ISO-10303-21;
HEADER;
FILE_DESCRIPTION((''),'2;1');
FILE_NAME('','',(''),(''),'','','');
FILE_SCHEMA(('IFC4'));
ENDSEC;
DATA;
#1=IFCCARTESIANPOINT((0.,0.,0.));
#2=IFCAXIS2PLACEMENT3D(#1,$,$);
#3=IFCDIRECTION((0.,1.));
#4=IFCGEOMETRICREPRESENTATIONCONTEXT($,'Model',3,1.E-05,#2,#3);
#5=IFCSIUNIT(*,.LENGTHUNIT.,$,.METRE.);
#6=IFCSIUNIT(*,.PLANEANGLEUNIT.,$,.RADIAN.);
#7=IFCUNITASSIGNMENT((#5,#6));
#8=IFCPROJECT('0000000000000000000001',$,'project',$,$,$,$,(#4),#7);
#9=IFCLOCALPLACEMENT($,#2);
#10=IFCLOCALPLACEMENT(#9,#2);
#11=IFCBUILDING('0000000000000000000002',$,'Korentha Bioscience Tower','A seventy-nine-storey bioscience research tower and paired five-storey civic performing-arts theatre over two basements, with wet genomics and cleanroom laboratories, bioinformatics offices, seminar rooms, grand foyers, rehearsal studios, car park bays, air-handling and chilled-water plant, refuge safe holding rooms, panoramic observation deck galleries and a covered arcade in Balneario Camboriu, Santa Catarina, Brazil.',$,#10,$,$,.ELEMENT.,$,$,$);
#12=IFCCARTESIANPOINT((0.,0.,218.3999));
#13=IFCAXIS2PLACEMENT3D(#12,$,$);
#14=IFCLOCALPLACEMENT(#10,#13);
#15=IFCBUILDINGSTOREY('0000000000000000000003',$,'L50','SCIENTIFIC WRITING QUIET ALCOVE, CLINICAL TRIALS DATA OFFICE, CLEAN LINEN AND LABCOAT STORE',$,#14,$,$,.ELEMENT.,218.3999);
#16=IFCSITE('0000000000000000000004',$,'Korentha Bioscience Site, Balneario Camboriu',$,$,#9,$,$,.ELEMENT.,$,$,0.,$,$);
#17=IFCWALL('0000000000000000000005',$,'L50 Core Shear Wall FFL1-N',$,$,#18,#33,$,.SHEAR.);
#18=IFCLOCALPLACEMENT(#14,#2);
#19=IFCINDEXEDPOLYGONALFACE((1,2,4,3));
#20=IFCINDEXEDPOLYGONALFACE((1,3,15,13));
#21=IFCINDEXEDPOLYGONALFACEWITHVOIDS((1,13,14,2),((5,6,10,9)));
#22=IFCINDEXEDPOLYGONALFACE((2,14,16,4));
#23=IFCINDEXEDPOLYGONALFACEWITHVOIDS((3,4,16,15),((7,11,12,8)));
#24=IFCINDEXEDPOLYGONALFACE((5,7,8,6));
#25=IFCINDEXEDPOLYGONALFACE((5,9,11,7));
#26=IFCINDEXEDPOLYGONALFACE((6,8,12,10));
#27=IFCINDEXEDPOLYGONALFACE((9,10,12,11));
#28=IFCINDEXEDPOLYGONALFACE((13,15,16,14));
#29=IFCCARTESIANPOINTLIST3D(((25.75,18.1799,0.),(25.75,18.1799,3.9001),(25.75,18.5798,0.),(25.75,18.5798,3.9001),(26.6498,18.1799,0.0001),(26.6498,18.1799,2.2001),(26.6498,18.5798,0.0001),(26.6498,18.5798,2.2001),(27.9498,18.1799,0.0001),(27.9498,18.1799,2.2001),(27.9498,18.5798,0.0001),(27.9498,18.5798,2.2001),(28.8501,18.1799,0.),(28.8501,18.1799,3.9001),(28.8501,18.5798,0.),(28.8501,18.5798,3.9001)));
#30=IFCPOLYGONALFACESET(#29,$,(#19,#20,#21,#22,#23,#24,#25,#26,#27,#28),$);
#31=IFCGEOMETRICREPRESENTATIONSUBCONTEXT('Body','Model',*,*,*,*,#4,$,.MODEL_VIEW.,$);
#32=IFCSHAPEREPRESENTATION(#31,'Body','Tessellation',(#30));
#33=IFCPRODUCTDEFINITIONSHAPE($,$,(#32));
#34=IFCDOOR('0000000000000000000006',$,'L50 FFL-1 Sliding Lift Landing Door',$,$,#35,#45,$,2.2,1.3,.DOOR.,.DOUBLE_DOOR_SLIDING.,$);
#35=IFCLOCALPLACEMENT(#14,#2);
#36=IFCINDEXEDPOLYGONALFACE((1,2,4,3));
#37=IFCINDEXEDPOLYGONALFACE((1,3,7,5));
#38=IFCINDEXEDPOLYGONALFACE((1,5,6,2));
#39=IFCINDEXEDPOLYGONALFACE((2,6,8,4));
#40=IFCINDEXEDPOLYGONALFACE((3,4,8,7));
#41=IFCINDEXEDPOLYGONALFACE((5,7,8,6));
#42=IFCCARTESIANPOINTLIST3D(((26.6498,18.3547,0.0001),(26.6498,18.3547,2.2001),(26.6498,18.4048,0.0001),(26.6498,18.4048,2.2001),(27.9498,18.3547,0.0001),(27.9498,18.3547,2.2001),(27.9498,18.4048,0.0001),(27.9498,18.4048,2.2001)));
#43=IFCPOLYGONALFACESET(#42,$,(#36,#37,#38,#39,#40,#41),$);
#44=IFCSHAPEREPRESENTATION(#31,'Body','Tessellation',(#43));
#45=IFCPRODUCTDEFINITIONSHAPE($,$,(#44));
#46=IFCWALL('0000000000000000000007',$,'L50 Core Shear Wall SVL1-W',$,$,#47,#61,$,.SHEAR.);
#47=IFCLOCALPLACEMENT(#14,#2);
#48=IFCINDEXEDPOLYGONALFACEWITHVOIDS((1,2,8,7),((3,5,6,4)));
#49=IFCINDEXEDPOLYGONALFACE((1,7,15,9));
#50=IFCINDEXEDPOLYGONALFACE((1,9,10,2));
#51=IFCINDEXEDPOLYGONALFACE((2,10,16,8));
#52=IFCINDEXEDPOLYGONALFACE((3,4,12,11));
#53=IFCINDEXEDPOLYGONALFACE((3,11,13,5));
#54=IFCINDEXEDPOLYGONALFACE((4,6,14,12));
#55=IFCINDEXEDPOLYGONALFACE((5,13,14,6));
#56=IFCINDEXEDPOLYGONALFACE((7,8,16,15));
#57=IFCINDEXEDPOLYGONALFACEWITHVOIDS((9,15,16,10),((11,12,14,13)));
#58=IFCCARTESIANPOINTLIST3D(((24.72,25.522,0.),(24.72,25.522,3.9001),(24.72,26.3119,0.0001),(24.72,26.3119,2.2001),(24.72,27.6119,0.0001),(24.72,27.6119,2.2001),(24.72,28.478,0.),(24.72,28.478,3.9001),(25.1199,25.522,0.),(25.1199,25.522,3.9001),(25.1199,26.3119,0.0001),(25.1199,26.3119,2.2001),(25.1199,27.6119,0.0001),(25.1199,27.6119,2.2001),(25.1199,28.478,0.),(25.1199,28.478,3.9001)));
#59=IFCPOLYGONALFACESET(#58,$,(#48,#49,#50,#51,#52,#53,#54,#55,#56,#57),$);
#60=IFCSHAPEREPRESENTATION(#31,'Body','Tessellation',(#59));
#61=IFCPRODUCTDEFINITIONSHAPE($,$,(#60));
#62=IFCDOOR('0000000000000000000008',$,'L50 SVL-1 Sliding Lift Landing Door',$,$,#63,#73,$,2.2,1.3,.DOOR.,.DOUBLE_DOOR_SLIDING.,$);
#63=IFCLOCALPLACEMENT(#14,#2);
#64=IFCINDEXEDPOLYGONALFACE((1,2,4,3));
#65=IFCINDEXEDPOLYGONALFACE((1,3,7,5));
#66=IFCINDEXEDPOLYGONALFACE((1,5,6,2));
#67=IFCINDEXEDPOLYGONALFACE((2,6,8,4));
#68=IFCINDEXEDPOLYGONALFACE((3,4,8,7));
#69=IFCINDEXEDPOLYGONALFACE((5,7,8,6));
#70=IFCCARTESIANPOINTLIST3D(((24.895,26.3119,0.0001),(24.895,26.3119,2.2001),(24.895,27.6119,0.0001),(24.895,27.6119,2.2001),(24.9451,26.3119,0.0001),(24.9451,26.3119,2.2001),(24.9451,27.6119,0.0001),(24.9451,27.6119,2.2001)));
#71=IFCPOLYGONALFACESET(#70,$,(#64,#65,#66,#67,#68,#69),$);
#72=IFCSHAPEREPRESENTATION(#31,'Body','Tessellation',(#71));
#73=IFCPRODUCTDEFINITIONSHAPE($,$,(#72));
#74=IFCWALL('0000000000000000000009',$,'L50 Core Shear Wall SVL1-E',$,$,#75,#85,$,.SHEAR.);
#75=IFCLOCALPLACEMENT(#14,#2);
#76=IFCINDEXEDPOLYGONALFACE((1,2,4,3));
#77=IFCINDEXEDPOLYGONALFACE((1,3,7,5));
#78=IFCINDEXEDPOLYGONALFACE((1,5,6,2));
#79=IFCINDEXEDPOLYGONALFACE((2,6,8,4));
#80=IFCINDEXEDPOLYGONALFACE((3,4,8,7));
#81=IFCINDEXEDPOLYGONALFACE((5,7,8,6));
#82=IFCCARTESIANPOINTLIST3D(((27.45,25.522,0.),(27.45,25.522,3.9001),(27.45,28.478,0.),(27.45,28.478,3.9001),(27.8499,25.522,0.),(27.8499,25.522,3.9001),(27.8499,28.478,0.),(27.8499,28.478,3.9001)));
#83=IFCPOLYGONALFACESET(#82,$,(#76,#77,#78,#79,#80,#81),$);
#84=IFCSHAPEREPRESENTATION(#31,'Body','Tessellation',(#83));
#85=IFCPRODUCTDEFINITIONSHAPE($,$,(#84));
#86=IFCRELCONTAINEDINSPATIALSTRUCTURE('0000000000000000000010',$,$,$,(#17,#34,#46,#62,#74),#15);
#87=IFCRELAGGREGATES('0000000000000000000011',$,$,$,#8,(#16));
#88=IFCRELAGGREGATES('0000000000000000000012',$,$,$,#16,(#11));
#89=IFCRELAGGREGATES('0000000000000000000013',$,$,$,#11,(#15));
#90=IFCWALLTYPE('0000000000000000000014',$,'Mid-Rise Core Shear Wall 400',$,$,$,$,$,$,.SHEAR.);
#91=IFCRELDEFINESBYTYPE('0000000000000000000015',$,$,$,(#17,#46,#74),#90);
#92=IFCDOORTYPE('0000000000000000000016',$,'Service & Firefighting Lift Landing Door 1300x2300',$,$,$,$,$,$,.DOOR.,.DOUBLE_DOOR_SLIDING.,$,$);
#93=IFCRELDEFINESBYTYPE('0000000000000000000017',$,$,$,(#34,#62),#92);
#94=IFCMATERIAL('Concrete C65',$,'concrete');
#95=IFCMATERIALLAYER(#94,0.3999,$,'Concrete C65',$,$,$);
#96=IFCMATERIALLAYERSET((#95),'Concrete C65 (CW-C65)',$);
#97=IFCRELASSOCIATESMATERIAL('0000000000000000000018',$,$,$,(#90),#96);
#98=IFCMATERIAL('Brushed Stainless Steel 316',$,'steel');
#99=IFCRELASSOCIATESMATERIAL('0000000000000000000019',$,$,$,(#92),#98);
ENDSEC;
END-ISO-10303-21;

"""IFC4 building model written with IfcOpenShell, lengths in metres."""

from ifc_helpers import new_model, si_unit, direction, frame, frame_2d, origin, place, context, subcontext, project, spatial, rectangle, extrude, material, layer, layer_set, type_object, element, fill, save


model = new_model("IFC4")

# Units and contexts
model_context = context("Model", 3, precision=1e-05, world=origin(), true_north=direction((0.0, 1.0)))
body_context = subcontext(model_context, "Body", "Model", "MODEL_VIEW")
ifc_project = project(units=[si_unit("LENGTHUNIT", "METRE"), si_unit("PLANEANGLEUNIT", "RADIAN")], contexts=[model_context])

# Site, building, storey
site_placement = place(None, origin())
site = spatial("IfcSite", under=ifc_project, at=site_placement, Name="Korentha Bioscience Site, Balneario Camboriu", CompositionType="ELEMENT", RefElevation=0.0)
building_placement = place(site_placement, origin())
building = spatial("IfcBuilding", under=site, at=building_placement, Name="Korentha Bioscience Tower", Description="A seventy-nine-storey bioscience research tower and paired five-storey civic performing-arts theatre over two basements, with wet genomics and cleanroom laboratories, bioinformatics offices, seminar rooms, grand foyers, rehearsal studios, car park bays, air-handling and chilled-water plant, refuge safe holding rooms, panoramic observation deck galleries and a covered arcade in Balneario Camboriu, Santa Catarina, Brazil.", CompositionType="ELEMENT")
storey_placement = place(building_placement, frame((0.0, 0.0, 218.3999)))
storey = spatial("IfcBuildingStorey", under=building, at=storey_placement, Name="L50", Description="SCIENTIFIC WRITING QUIET ALCOVE, CLINICAL TRIALS DATA OFFICE, CLEAN LINEN AND LABCOAT STORE", CompositionType="ELEMENT", Elevation=218.3999)

# Shared definitions
ifc_material_1 = material(Name="Concrete C65", Category="concrete")

# Shared definitions
ifc_layer_1 = layer(ifc_material_1, 0.3999, Name="Concrete C65")
ifc_layer_set_1 = layer_set([ifc_layer_1], Name="Concrete C65 (CW-C65)")
wall_type_1 = type_object("IfcWallType", Name="Mid-Rise Core Shear Wall 400", PredefinedType="SHEAR", material=ifc_layer_set_1)

# Walls, openings, doors
wall_1_placement = place(storey_placement, frame((25.75, 18.3799, 0.0), z_axis=(0.0, 0.0, 1.0), x_axis=(1.0, 0.0, 0.0)))
wall_1 = element("IfcWall", 1, at=wall_1_placement, inside=storey, type_object=wall_type_1, Name="L50 Core Shear Wall FFL1-N", PredefinedType="SHEAR", context=body_context, shape_type="SweptSolid", body=[
    extrude(rectangle(XDim=3.1001, YDim=0.3999, at=frame_2d((1.55, 0.0))), origin(), (0.0, 0.0, 1.0), 3.9001),
])
opening_1_placement = place(wall_1_placement, frame((0.8999, 0.0, 0.0)))
opening_1 = element("IfcOpeningElement", 2, at=opening_1_placement, cuts=wall_1, PredefinedType="OPENING", context=body_context, shape_type="SweptSolid", body=[
    extrude(rectangle(XDim=1.3, YDim=2.2, at=frame_2d((0.6499, 1.1001))), frame((0.0, 0.2148, 0.0), z_axis=(0.0, -1.0, 0.0), x_axis=(1.0, 0.0, 0.0)), (0.0, 0.0, 1.0), 0.4297),
])
ifc_material_2 = material(Name="Brushed Stainless Steel 316", Category="steel")
door_type_1 = type_object("IfcDoorType", Name="Service & Firefighting Lift Landing Door 1300x2300", OperationType="DOUBLE_DOOR_SLIDING", PredefinedType="DOOR", material=ifc_material_2)
door_1_placement = place(opening_1_placement, origin())
door_1 = element("IfcDoor", 3, at=door_1_placement, inside=storey, type_object=door_type_1, Name="L50 FFL-1 Sliding Lift Landing Door", OperationType="DOUBLE_DOOR_SLIDING", OverallHeight=2.2, OverallWidth=1.3, PredefinedType="DOOR", context=body_context, shape_type="SweptSolid", body=[
    extrude(rectangle(XDim=1.3, YDim=2.2, at=frame_2d((0.6499, 1.1001))), frame((0.0, 0.0249, 0.0), z_axis=(0.0, -1.0, 0.0), x_axis=(1.0, 0.0, 0.0)), (0.0, 0.0, 1.0), 0.05),
])
fill(opening_1, door_1)
wall_2_placement = place(storey_placement, frame((24.9199, 25.522, 0.0), z_axis=(0.0, 0.0, 1.0), x_axis=(0.0, 1.0, 0.0)))
wall_2 = element("IfcWall", 4, at=wall_2_placement, inside=storey, type_object=wall_type_1, Name="L50 Core Shear Wall SVL1-W", PredefinedType="SHEAR", context=body_context, shape_type="SweptSolid", body=[
    extrude(rectangle(XDim=2.9561, YDim=0.3999, at=frame_2d((1.478, 0.0))), origin(), (0.0, 0.0, 1.0), 3.9001),
])
opening_2_placement = place(wall_2_placement, frame((0.79, 0.0, 0.0)))
opening_2 = element("IfcOpeningElement", 5, at=opening_2_placement, cuts=wall_2, PredefinedType="OPENING", context=body_context, shape_type="SweptSolid", body=[
    extrude(rectangle(XDim=1.3, YDim=2.2, at=frame_2d((0.6499, 1.1001))), frame((0.0, 0.2148, 0.0), z_axis=(0.0, -1.0, 0.0), x_axis=(1.0, 0.0, 0.0)), (0.0, 0.0, 1.0), 0.4297),
])
door_2_placement = place(opening_2_placement, origin())
door_2 = element("IfcDoor", 6, at=door_2_placement, inside=storey, type_object=door_type_1, Name="L50 SVL-1 Sliding Lift Landing Door", OperationType="DOUBLE_DOOR_SLIDING", OverallHeight=2.2, OverallWidth=1.3, PredefinedType="DOOR", context=body_context, shape_type="SweptSolid", body=[
    extrude(rectangle(XDim=1.3, YDim=2.2, at=frame_2d((0.6499, 1.1001))), frame((0.0, 0.0249, 0.0), z_axis=(0.0, -1.0, 0.0), x_axis=(1.0, 0.0, 0.0)), (0.0, 0.0, 1.0), 0.05),
])
fill(opening_2, door_2)

# Wall
wall_3_placement = place(storey_placement, frame((27.6499, 25.522, 0.0), z_axis=(0.0, 0.0, 1.0), x_axis=(0.0, 1.0, 0.0)))
element("IfcWall", 7, at=wall_3_placement, inside=storey, type_object=wall_type_1, Name="L50 Core Shear Wall SVL1-E", PredefinedType="SHEAR", context=body_context, shape_type="SweptSolid", body=[
    extrude(rectangle(XDim=2.9561, YDim=0.3999, at=frame_2d((1.478, 0.0))), origin(), (0.0, 0.0, 1.0), 3.9001),
])

save(model, "model.ifc")
